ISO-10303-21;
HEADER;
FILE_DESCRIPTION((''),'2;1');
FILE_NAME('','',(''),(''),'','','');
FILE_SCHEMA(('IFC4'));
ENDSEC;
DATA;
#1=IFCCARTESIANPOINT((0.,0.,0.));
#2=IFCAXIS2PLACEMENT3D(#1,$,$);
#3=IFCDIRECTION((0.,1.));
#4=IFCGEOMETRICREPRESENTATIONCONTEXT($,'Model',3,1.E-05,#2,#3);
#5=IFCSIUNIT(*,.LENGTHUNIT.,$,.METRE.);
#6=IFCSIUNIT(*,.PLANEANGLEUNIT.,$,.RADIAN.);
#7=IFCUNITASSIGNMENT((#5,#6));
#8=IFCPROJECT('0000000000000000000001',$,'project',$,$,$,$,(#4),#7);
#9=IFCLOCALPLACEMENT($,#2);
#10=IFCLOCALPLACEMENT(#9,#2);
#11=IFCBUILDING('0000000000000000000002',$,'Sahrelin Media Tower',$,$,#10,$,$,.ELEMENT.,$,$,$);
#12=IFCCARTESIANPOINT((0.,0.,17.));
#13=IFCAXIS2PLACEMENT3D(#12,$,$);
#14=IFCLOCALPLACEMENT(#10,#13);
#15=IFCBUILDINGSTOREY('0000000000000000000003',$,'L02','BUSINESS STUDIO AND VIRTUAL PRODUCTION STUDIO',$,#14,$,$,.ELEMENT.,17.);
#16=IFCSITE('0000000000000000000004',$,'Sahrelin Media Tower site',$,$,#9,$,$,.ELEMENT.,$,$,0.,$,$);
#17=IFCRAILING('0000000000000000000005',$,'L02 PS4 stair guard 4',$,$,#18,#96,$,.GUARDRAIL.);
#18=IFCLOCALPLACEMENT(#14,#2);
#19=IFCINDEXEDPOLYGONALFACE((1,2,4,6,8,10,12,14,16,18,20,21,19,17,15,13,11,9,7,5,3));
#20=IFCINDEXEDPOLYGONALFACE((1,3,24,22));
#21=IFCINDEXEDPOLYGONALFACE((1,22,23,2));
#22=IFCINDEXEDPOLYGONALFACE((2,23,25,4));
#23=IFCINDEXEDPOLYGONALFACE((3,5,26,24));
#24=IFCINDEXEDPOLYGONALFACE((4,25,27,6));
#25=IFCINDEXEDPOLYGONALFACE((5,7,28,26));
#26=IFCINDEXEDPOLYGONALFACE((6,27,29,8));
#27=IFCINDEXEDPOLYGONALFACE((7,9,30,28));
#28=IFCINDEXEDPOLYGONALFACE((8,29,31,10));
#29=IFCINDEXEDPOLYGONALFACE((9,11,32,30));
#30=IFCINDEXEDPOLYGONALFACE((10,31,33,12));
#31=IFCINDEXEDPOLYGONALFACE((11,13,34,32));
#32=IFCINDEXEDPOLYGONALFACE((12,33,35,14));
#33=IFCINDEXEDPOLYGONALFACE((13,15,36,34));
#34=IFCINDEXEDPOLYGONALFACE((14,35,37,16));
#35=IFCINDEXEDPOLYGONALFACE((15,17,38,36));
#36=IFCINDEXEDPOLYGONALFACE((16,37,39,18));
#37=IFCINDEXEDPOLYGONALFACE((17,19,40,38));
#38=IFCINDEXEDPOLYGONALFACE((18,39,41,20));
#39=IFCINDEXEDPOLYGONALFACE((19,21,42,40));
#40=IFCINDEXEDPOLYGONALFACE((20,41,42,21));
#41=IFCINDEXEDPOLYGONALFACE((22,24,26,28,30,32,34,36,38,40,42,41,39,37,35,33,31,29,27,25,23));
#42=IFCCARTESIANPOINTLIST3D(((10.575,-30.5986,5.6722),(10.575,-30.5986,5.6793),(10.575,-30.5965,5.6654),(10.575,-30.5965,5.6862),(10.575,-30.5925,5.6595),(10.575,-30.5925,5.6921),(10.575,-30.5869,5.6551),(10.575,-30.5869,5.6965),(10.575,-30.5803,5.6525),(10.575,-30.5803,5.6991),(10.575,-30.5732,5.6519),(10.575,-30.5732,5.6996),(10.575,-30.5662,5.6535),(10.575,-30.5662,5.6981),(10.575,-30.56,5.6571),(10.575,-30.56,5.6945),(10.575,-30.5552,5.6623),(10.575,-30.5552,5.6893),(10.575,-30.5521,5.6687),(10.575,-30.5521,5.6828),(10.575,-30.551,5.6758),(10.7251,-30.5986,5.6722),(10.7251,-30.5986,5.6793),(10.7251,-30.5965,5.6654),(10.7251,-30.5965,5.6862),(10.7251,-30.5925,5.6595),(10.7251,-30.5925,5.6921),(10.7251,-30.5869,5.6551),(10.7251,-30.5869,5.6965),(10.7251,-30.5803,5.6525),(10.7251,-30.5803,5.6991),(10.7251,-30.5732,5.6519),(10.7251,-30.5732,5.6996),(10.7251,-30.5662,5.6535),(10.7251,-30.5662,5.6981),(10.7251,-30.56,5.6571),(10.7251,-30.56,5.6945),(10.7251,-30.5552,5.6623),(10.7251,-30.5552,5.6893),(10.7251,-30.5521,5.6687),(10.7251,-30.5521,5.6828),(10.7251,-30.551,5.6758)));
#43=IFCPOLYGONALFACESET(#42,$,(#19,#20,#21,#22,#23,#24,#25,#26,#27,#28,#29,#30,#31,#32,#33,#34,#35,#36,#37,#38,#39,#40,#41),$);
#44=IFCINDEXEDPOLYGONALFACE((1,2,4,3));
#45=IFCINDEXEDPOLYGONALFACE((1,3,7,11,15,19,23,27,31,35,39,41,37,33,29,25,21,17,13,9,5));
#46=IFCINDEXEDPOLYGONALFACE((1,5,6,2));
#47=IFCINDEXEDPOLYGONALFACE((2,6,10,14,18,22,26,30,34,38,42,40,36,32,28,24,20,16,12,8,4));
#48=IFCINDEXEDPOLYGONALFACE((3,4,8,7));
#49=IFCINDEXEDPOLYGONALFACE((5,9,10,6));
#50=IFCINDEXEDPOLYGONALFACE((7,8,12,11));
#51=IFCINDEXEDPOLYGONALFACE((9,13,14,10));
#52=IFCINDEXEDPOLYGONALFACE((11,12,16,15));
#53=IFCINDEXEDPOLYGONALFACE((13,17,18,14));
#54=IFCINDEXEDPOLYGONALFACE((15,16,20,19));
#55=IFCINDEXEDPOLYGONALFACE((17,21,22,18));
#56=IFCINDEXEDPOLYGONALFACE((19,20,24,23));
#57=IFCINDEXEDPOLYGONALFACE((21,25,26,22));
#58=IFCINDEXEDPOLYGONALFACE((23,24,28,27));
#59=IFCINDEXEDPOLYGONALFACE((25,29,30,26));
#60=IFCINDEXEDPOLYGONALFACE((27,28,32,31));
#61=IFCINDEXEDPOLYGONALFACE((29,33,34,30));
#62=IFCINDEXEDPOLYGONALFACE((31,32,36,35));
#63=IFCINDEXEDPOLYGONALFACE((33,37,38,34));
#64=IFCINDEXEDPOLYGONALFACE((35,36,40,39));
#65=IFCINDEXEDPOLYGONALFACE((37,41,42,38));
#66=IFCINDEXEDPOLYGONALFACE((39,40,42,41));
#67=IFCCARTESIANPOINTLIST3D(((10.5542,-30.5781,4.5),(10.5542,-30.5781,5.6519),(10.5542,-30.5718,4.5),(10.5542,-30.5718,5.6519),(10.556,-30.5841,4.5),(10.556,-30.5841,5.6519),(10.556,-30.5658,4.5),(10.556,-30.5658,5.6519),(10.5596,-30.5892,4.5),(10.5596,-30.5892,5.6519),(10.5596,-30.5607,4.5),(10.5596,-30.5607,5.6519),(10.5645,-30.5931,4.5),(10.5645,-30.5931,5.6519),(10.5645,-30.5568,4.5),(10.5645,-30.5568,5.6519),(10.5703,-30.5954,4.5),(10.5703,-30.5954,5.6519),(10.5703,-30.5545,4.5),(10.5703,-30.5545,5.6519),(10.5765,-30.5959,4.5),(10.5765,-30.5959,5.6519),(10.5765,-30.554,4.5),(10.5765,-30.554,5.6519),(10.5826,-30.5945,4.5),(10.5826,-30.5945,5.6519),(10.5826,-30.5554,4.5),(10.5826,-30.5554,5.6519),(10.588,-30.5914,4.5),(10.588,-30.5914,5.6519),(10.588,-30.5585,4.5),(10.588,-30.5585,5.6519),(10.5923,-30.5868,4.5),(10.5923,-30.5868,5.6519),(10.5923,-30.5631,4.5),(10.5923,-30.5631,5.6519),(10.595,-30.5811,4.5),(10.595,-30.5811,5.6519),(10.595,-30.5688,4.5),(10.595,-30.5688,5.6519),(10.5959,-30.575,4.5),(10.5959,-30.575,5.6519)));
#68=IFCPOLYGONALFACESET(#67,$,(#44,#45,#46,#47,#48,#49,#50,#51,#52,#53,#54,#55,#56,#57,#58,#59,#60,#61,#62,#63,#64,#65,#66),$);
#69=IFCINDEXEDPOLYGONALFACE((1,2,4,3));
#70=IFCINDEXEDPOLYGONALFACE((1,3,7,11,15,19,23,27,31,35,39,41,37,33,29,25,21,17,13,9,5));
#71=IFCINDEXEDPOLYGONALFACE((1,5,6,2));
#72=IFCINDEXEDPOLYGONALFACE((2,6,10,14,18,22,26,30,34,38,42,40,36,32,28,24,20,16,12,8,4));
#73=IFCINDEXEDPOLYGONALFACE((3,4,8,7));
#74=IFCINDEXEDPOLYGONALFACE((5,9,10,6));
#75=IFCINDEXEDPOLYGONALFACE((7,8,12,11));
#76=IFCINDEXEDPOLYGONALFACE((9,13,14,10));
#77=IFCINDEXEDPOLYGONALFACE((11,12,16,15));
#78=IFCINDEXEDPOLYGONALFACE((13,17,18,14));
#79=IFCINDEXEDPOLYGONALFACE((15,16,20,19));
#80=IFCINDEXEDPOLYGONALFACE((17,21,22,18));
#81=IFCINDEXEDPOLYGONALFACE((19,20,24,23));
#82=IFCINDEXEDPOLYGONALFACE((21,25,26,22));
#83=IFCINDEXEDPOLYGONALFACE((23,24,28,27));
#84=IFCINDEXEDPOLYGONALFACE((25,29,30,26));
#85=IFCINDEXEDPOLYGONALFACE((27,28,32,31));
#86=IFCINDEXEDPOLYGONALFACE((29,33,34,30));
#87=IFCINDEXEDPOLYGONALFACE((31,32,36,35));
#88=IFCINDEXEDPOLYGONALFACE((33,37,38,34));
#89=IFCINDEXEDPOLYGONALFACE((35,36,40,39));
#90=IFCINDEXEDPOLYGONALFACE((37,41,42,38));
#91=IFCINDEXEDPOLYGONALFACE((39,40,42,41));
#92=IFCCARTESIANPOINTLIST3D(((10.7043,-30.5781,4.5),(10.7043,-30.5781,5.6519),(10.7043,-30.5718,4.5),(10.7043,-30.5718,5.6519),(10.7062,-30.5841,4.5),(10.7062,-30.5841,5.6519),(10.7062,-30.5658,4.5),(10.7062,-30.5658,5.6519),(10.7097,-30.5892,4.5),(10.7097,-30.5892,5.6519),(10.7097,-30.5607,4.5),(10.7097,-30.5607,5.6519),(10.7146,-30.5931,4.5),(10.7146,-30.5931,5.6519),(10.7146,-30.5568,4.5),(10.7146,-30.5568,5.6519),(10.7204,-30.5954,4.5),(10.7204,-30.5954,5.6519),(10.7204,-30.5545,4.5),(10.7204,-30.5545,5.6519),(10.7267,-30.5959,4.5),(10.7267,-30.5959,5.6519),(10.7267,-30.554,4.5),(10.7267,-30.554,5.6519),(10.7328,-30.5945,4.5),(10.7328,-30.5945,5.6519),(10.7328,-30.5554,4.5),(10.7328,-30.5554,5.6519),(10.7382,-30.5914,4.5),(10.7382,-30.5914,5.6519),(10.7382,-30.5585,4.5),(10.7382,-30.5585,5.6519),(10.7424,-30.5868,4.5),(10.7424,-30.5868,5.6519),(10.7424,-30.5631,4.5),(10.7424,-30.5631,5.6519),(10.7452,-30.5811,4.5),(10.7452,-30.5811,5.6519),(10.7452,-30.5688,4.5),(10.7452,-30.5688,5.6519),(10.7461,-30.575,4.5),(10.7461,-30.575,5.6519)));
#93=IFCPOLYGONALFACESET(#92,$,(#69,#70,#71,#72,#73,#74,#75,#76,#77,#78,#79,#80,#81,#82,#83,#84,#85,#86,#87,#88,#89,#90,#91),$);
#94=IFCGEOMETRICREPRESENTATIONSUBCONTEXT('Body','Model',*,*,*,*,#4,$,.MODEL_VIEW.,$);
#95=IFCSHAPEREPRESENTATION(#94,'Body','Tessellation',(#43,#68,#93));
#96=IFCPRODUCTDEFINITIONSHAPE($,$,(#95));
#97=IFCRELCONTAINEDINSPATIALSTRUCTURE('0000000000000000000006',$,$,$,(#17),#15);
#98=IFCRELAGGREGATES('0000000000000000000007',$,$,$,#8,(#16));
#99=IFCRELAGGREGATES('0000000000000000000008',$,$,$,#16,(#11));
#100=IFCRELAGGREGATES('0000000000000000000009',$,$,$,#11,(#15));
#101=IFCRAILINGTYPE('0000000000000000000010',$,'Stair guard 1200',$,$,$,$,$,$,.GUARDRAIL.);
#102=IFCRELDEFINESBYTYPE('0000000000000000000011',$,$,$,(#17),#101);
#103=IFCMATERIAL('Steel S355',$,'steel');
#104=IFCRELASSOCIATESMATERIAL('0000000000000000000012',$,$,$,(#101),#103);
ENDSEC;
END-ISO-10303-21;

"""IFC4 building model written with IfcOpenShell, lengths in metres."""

from ifc_helpers import new_model, si_unit, direction, frame, origin, origin_2d, place, context, subcontext, project, spatial, circle, extrude, material, type_object, element, save


model = new_model("IFC4")

# Units and contexts
model_context = context("Model", 3, precision=1e-05, world=origin(), true_north=direction((0.0, 1.0)))
body_context = subcontext(model_context, "Body", "Model", "MODEL_VIEW")
ifc_project = project(units=[si_unit("LENGTHUNIT", "METRE"), si_unit("PLANEANGLEUNIT", "RADIAN")], contexts=[model_context])

# Site, building, storey
site_placement = place(None, origin())
site = spatial("IfcSite", under=ifc_project, at=site_placement, Name="Sahrelin Media Tower site", CompositionType="ELEMENT", RefElevation=0.0)
building_placement = place(site_placement, origin())
building = spatial("IfcBuilding", under=site, at=building_placement, Name="Sahrelin Media Tower", CompositionType="ELEMENT")
storey_placement = place(building_placement, frame((0.0, 0.0, 17.0)))
storey = spatial("IfcBuildingStorey", under=building, at=storey_placement, Name="L02", Description="BUSINESS STUDIO AND VIRTUAL PRODUCTION STUDIO", CompositionType="ELEMENT", Elevation=17.0)

# Shared definitions
ifc_material_1 = material(Name="Steel S355", Category="steel")

# Railing
railing_type_1 = type_object("IfcRailingType", Name="Stair guard 1200", PredefinedType="GUARDRAIL", material=ifc_material_1)
railing_1_placement = place(storey_placement, frame((10.575, -30.575, 4.5)))
element("IfcRailing", 1, at=railing_1_placement, inside=storey, type_object=railing_type_1, Name="L02 PS4 stair guard 4", PredefinedType="GUARDRAIL", context=body_context, shape_type="SweptSolid", body=[
    extrude(circle(Radius=0.0239, at=origin_2d()), frame((0.0, 0.0, 1.1758), z_axis=(1.0, 0.0, 0.0), x_axis=(0.0, 1.0, 0.0)), (0.0, 0.0, 1.0), 0.1501),
    extrude(circle(Radius=0.021, at=origin_2d()), origin(), (0.0, 0.0, 1.0), 1.1519),
    extrude(circle(Radius=0.021, at=origin_2d()), frame((0.1501, 0.0, 0.0)), (0.0, 0.0, 1.0), 1.1519),
])

save(model, "model.ifc")
